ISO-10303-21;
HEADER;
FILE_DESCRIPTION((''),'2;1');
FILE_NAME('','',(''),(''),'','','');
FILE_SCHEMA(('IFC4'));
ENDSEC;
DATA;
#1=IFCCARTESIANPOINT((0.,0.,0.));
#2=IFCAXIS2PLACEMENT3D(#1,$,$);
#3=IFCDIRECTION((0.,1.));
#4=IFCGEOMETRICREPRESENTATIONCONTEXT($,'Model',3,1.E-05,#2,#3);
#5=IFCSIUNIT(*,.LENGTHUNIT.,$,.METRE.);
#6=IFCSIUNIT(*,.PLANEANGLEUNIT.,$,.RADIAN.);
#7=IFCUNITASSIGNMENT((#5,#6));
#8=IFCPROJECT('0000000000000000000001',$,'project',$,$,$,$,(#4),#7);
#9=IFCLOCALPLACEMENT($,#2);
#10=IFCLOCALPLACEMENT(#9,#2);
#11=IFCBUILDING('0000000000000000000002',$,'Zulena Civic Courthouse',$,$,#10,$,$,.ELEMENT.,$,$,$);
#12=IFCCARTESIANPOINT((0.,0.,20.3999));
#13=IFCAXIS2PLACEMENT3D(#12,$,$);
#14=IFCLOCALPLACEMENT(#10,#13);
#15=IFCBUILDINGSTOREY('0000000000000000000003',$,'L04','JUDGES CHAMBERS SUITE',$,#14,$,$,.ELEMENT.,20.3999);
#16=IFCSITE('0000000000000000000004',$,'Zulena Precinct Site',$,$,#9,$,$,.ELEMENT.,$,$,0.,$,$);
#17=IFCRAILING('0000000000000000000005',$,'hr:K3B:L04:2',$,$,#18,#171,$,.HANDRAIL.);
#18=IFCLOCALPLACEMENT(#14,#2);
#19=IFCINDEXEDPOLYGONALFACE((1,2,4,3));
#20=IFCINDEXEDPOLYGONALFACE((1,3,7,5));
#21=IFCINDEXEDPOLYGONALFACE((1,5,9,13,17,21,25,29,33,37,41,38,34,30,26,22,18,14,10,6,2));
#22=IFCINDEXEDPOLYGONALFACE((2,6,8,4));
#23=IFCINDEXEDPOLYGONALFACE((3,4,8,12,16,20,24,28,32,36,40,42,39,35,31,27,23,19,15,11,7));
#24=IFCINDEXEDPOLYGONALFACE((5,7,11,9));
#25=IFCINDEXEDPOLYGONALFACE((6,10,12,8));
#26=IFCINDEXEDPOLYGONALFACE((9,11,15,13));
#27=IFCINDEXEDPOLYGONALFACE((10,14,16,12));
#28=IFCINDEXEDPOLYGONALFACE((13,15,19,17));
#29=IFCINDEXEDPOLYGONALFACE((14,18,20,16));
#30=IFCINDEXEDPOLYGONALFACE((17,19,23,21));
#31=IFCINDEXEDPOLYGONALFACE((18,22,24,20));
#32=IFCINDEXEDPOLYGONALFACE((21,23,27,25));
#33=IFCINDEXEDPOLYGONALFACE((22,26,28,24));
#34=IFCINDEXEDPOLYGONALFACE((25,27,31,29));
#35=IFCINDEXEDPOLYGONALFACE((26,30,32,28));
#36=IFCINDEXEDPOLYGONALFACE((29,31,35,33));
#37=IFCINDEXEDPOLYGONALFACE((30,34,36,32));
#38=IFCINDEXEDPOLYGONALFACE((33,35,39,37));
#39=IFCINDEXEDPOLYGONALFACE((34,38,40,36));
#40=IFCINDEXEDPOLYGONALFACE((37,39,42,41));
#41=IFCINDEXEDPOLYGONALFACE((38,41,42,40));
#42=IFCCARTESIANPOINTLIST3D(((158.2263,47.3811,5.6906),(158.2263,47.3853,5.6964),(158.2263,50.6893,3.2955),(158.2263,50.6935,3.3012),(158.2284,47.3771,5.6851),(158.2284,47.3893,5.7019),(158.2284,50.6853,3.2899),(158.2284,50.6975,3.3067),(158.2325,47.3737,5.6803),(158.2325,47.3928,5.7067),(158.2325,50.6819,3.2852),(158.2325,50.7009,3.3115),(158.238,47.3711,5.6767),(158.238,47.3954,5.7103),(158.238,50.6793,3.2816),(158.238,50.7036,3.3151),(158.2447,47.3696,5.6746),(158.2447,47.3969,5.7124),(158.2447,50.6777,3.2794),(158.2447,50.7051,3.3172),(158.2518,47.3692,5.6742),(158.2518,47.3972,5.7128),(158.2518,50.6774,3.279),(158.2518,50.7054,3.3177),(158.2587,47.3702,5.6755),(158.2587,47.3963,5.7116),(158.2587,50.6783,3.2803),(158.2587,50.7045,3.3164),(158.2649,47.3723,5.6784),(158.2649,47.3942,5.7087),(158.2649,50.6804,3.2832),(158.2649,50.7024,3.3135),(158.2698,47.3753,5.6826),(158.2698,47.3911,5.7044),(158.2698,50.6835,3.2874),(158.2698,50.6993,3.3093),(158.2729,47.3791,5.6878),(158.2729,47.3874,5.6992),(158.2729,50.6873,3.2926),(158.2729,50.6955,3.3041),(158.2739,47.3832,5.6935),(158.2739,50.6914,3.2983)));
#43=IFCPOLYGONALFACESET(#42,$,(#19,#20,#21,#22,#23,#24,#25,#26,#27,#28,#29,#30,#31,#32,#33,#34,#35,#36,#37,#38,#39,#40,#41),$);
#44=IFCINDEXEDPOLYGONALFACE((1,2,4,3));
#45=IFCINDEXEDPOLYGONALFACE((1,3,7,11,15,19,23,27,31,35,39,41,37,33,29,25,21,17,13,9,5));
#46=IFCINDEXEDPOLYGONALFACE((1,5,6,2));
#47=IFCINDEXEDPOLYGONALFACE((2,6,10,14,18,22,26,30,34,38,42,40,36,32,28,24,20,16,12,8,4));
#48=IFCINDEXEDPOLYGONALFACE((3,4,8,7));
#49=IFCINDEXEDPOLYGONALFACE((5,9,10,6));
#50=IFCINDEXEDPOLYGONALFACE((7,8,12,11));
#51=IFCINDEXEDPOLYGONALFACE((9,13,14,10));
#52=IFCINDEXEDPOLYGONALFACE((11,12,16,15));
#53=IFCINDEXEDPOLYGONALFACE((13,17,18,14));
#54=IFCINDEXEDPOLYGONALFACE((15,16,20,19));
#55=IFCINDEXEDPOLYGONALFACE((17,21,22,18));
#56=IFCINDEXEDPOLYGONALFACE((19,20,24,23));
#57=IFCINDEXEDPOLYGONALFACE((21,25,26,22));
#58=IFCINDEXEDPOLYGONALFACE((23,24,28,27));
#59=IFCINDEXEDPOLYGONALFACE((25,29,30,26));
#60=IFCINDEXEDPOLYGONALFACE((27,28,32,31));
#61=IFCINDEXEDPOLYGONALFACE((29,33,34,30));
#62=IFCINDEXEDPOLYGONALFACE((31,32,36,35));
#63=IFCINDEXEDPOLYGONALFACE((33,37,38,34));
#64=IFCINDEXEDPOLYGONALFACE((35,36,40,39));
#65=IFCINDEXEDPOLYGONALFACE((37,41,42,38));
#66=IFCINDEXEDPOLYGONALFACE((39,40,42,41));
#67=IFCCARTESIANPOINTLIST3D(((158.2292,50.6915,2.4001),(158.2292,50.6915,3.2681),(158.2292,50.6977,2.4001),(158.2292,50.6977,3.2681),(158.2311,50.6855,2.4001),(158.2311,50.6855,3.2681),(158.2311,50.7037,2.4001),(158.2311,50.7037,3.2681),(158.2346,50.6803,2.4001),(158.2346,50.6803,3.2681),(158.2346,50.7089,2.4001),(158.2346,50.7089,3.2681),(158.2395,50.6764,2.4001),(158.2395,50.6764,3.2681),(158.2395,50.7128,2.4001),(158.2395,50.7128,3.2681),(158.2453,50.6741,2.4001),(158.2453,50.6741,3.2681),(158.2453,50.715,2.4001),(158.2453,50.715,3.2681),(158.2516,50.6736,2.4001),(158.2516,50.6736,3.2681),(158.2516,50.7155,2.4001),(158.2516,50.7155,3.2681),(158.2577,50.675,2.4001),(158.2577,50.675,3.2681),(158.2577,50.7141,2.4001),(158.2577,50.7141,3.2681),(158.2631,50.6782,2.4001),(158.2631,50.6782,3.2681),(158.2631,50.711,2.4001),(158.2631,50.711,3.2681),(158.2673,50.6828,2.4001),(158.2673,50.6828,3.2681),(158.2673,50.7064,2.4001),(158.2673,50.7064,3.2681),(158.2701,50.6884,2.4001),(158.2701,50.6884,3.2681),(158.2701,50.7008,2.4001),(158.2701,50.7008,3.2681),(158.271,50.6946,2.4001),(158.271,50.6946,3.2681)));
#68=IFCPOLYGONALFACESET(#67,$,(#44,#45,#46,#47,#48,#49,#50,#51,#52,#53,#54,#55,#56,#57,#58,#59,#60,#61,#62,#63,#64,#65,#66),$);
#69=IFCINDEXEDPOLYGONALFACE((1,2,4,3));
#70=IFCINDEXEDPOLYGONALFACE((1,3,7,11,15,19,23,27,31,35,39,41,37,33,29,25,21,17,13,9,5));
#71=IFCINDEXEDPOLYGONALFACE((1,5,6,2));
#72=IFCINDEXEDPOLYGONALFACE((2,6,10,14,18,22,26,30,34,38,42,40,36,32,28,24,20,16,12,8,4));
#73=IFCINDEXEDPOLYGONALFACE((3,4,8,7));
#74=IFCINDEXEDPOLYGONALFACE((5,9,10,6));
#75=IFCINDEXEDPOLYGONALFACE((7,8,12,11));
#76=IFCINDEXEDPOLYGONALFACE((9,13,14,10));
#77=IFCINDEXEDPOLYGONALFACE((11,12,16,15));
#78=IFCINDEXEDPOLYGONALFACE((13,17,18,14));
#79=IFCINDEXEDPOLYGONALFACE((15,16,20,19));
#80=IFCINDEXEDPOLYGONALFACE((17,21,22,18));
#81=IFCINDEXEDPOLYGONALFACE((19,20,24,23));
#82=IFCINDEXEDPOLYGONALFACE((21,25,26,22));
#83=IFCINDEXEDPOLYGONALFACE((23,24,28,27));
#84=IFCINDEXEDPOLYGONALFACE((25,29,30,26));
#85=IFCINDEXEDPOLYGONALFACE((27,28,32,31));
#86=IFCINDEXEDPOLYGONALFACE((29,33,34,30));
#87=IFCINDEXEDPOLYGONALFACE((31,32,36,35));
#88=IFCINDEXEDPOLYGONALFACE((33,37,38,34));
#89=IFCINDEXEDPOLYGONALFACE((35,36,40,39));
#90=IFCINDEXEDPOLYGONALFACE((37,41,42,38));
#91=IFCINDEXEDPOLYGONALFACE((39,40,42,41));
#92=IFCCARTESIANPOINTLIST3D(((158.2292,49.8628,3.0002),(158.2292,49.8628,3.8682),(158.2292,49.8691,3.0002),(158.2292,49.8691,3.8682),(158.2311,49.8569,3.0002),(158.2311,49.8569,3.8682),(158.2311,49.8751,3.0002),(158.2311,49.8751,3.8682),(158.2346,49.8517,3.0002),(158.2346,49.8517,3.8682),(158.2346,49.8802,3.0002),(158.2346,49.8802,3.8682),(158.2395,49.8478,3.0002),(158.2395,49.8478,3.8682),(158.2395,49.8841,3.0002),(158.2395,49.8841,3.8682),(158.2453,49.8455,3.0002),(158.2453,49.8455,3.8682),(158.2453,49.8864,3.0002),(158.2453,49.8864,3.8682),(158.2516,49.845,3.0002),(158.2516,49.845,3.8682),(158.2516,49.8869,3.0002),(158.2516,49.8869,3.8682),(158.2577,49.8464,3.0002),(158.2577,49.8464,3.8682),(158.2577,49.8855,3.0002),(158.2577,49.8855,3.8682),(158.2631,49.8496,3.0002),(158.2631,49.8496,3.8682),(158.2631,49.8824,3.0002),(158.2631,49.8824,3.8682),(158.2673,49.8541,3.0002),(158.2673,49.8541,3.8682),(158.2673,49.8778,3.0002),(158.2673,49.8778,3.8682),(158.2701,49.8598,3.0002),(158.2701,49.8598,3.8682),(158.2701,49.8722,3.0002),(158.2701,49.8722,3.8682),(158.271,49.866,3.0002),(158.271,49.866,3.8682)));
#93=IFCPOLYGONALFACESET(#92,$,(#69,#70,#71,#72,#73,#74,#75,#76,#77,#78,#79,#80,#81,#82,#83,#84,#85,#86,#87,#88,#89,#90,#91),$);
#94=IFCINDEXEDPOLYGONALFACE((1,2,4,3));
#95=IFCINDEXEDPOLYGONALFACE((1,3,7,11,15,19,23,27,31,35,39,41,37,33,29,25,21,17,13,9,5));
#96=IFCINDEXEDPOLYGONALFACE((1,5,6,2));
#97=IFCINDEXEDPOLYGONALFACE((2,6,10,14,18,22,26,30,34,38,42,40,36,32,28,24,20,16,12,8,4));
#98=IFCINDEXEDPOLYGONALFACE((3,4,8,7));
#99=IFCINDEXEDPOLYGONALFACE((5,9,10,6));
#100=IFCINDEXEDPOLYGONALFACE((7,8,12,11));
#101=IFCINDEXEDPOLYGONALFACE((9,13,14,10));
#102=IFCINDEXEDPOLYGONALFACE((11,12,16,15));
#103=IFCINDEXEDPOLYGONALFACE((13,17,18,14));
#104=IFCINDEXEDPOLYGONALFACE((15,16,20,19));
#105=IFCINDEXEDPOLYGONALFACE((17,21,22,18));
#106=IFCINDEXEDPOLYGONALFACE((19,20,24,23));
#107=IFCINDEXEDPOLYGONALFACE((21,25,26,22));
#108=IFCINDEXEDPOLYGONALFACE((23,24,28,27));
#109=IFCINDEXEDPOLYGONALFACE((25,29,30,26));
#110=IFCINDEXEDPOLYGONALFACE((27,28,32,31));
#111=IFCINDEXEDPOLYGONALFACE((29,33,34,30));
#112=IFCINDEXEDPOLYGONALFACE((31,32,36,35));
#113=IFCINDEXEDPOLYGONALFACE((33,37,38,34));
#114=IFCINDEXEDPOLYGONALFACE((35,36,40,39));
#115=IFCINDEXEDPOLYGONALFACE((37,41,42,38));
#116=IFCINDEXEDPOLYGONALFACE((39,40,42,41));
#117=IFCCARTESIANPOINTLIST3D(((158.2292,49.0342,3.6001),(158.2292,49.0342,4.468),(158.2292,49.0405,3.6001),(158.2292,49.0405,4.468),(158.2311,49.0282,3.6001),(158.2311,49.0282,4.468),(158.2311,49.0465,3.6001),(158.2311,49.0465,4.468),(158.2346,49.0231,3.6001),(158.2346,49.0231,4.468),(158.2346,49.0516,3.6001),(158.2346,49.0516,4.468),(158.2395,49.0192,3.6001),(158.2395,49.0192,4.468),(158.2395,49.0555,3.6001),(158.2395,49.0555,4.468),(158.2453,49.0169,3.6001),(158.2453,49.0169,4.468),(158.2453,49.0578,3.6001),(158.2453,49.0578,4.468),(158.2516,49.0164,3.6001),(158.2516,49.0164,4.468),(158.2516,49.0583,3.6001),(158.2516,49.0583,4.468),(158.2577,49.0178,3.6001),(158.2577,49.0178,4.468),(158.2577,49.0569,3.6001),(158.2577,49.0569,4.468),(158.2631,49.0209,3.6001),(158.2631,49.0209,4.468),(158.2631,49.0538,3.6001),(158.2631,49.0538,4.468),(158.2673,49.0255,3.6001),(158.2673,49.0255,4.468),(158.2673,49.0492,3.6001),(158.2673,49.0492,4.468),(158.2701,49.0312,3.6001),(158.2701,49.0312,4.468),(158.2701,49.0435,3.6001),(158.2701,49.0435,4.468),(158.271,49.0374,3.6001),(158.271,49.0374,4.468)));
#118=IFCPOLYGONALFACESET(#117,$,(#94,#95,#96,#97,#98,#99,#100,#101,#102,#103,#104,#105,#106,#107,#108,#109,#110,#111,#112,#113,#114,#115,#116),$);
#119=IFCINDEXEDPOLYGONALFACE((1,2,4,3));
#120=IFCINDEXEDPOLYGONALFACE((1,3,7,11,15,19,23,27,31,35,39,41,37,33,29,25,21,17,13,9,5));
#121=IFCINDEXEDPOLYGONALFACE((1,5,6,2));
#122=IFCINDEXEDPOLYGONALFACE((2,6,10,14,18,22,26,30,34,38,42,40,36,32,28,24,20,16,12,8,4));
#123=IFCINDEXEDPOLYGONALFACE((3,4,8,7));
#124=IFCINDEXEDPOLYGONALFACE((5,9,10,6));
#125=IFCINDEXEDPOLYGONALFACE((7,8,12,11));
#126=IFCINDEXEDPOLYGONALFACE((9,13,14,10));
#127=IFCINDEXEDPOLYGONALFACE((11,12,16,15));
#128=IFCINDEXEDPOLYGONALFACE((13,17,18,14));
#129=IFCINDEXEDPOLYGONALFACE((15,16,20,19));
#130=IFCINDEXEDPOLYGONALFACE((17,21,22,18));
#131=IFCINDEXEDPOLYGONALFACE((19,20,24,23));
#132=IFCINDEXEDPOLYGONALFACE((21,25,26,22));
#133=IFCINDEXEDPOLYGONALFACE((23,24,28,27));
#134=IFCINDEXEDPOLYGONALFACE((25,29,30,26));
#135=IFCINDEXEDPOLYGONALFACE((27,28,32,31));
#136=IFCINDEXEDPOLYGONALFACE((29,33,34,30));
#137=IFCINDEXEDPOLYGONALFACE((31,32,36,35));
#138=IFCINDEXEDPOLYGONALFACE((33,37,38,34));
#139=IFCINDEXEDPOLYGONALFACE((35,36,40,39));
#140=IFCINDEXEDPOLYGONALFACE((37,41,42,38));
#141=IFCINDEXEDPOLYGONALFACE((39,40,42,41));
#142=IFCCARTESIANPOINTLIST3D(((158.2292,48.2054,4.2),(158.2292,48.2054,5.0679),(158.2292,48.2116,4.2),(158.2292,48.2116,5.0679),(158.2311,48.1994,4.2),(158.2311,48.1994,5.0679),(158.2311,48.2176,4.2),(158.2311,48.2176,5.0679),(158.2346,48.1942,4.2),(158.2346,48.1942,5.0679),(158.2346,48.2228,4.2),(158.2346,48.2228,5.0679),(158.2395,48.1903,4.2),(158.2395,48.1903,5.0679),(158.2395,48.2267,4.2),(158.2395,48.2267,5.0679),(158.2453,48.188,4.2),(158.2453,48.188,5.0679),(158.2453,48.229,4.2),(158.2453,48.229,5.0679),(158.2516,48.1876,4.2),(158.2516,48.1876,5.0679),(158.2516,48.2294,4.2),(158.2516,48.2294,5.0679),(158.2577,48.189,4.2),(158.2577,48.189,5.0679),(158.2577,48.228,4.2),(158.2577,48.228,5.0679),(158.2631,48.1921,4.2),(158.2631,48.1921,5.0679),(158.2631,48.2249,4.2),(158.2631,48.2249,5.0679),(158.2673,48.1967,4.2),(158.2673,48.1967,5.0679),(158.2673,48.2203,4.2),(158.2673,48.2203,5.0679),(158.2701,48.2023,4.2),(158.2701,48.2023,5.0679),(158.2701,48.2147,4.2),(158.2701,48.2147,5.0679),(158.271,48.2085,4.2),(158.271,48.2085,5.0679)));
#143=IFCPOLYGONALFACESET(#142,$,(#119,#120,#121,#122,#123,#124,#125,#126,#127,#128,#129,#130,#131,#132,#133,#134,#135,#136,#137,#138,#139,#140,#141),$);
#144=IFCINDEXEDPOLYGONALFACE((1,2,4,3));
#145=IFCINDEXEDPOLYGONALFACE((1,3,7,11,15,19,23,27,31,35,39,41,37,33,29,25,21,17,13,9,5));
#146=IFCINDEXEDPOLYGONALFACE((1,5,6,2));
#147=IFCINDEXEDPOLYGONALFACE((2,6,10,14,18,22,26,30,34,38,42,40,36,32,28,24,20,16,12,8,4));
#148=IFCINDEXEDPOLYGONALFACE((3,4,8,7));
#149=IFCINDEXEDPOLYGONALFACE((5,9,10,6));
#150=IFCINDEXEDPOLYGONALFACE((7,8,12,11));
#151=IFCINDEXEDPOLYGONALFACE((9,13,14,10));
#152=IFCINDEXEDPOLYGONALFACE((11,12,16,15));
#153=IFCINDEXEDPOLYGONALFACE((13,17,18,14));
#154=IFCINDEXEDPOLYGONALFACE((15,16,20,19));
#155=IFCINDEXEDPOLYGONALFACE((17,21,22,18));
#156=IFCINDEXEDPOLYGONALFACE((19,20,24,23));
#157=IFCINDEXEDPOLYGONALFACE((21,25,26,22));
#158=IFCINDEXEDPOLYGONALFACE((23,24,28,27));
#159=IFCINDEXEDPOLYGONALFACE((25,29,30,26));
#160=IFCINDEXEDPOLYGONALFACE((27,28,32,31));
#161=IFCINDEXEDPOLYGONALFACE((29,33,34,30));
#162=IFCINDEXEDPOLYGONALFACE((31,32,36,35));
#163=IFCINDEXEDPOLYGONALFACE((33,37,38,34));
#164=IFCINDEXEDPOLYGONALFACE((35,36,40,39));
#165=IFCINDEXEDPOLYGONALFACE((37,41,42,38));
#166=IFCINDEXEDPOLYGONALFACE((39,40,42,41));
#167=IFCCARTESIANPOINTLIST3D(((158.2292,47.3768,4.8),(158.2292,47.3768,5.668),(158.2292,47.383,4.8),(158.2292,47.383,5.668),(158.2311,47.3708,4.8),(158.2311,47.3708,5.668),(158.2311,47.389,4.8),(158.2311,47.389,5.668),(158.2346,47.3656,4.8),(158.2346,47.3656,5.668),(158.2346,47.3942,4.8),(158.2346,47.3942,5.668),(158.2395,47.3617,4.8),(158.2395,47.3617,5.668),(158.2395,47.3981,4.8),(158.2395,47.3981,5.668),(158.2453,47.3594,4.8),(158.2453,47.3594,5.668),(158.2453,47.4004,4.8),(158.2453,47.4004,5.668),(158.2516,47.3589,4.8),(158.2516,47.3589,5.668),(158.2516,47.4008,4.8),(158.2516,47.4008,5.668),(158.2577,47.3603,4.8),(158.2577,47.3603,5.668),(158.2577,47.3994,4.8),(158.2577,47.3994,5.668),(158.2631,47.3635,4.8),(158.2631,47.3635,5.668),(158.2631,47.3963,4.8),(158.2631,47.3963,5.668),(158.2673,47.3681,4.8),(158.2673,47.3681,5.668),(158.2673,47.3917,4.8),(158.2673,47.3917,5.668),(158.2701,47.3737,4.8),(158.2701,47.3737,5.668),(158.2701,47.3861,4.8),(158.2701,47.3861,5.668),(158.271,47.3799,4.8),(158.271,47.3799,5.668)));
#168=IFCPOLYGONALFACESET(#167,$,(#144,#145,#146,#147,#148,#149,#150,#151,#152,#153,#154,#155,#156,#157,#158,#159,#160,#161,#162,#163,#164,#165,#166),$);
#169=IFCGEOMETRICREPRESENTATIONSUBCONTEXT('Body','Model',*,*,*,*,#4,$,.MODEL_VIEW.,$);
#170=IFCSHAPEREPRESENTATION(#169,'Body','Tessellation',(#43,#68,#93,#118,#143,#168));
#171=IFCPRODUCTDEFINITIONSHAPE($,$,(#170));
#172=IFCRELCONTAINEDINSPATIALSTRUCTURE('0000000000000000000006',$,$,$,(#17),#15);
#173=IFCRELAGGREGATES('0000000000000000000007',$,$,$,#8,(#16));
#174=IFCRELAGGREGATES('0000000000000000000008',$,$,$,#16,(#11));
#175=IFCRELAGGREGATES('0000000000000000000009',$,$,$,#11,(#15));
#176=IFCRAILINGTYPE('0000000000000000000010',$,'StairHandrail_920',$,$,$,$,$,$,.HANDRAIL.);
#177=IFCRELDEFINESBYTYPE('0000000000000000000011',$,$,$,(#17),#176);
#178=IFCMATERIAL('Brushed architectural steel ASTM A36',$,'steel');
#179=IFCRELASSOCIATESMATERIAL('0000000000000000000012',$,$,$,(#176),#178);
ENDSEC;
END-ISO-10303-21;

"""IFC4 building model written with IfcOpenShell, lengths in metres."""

from ifc_helpers import new_model, si_unit, direction, frame, origin, origin_2d, place, context, subcontext, project, spatial, circle, extrude, material, type_object, element, save


model = new_model("IFC4")

# Units and contexts
model_context = context("Model", 3, precision=1e-05, world=origin(), true_north=direction((0.0, 1.0)))
body_context = subcontext(model_context, "Body", "Model", "MODEL_VIEW")
ifc_project = project(units=[si_unit("LENGTHUNIT", "METRE"), si_unit("PLANEANGLEUNIT", "RADIAN")], contexts=[model_context])

# Site, building, storey
site_placement = place(None, origin())
site = spatial("IfcSite", under=ifc_project, at=site_placement, Name="Zulena Precinct Site", CompositionType="ELEMENT", RefElevation=0.0)
building_placement = place(site_placement, origin())
building = spatial("IfcBuilding", under=site, at=building_placement, Name="Zulena Civic Courthouse", CompositionType="ELEMENT")
storey_placement = place(building_placement, frame((0.0, 0.0, 20.3999)))
storey = spatial("IfcBuildingStorey", under=building, at=storey_placement, Name="L04", Description="JUDGES CHAMBERS SUITE", CompositionType="ELEMENT", Elevation=20.3999)

# Shared definitions
ifc_material_1 = material(Name="Brushed architectural steel ASTM A36", Category="steel")

# Railing
railing_type_1 = type_object("IfcRailingType", Name="StairHandrail_920", PredefinedType="HANDRAIL", material=ifc_material_1)
railing_1_placement = place(storey_placement, frame((158.25, 50.6946, 2.4001)))
element("IfcRailing", 1, at=railing_1_placement, inside=storey, type_object=railing_type_1, Name="hr:K3B:L04:2", PredefinedType="HANDRAIL", context=body_context, shape_type="SweptSolid", body=[
    extrude(circle(Radius=0.0239, at=origin_2d()), frame((0.0, -0.0032, 0.8982), z_axis=(0.0, -0.809988, 0.586446), x_axis=(1.0, 0.0, 0.0)), (0.0, 0.0, 1.0), 4.0842),
    extrude(circle(Radius=0.021, at=origin_2d()), origin(), (0.0, 0.0, 1.0), 0.8679),
    extrude(circle(Radius=0.021, at=origin_2d()), frame((0.0, -0.8286, 0.6001)), (0.0, 0.0, 1.0), 0.8679),
    extrude(circle(Radius=0.021, at=origin_2d()), frame((0.0, -1.6572, 1.2)), (0.0, 0.0, 1.0), 0.8679),
    extrude(circle(Radius=0.021, at=origin_2d()), frame((0.0, -2.4861, 1.7998)), (0.0, 0.0, 1.0), 0.8679),
    extrude(circle(Radius=0.021, at=origin_2d()), frame((0.0, -3.3147, 2.3999)), (0.0, 0.0, 1.0), 0.8679),
])

save(model, "model.ifc")
